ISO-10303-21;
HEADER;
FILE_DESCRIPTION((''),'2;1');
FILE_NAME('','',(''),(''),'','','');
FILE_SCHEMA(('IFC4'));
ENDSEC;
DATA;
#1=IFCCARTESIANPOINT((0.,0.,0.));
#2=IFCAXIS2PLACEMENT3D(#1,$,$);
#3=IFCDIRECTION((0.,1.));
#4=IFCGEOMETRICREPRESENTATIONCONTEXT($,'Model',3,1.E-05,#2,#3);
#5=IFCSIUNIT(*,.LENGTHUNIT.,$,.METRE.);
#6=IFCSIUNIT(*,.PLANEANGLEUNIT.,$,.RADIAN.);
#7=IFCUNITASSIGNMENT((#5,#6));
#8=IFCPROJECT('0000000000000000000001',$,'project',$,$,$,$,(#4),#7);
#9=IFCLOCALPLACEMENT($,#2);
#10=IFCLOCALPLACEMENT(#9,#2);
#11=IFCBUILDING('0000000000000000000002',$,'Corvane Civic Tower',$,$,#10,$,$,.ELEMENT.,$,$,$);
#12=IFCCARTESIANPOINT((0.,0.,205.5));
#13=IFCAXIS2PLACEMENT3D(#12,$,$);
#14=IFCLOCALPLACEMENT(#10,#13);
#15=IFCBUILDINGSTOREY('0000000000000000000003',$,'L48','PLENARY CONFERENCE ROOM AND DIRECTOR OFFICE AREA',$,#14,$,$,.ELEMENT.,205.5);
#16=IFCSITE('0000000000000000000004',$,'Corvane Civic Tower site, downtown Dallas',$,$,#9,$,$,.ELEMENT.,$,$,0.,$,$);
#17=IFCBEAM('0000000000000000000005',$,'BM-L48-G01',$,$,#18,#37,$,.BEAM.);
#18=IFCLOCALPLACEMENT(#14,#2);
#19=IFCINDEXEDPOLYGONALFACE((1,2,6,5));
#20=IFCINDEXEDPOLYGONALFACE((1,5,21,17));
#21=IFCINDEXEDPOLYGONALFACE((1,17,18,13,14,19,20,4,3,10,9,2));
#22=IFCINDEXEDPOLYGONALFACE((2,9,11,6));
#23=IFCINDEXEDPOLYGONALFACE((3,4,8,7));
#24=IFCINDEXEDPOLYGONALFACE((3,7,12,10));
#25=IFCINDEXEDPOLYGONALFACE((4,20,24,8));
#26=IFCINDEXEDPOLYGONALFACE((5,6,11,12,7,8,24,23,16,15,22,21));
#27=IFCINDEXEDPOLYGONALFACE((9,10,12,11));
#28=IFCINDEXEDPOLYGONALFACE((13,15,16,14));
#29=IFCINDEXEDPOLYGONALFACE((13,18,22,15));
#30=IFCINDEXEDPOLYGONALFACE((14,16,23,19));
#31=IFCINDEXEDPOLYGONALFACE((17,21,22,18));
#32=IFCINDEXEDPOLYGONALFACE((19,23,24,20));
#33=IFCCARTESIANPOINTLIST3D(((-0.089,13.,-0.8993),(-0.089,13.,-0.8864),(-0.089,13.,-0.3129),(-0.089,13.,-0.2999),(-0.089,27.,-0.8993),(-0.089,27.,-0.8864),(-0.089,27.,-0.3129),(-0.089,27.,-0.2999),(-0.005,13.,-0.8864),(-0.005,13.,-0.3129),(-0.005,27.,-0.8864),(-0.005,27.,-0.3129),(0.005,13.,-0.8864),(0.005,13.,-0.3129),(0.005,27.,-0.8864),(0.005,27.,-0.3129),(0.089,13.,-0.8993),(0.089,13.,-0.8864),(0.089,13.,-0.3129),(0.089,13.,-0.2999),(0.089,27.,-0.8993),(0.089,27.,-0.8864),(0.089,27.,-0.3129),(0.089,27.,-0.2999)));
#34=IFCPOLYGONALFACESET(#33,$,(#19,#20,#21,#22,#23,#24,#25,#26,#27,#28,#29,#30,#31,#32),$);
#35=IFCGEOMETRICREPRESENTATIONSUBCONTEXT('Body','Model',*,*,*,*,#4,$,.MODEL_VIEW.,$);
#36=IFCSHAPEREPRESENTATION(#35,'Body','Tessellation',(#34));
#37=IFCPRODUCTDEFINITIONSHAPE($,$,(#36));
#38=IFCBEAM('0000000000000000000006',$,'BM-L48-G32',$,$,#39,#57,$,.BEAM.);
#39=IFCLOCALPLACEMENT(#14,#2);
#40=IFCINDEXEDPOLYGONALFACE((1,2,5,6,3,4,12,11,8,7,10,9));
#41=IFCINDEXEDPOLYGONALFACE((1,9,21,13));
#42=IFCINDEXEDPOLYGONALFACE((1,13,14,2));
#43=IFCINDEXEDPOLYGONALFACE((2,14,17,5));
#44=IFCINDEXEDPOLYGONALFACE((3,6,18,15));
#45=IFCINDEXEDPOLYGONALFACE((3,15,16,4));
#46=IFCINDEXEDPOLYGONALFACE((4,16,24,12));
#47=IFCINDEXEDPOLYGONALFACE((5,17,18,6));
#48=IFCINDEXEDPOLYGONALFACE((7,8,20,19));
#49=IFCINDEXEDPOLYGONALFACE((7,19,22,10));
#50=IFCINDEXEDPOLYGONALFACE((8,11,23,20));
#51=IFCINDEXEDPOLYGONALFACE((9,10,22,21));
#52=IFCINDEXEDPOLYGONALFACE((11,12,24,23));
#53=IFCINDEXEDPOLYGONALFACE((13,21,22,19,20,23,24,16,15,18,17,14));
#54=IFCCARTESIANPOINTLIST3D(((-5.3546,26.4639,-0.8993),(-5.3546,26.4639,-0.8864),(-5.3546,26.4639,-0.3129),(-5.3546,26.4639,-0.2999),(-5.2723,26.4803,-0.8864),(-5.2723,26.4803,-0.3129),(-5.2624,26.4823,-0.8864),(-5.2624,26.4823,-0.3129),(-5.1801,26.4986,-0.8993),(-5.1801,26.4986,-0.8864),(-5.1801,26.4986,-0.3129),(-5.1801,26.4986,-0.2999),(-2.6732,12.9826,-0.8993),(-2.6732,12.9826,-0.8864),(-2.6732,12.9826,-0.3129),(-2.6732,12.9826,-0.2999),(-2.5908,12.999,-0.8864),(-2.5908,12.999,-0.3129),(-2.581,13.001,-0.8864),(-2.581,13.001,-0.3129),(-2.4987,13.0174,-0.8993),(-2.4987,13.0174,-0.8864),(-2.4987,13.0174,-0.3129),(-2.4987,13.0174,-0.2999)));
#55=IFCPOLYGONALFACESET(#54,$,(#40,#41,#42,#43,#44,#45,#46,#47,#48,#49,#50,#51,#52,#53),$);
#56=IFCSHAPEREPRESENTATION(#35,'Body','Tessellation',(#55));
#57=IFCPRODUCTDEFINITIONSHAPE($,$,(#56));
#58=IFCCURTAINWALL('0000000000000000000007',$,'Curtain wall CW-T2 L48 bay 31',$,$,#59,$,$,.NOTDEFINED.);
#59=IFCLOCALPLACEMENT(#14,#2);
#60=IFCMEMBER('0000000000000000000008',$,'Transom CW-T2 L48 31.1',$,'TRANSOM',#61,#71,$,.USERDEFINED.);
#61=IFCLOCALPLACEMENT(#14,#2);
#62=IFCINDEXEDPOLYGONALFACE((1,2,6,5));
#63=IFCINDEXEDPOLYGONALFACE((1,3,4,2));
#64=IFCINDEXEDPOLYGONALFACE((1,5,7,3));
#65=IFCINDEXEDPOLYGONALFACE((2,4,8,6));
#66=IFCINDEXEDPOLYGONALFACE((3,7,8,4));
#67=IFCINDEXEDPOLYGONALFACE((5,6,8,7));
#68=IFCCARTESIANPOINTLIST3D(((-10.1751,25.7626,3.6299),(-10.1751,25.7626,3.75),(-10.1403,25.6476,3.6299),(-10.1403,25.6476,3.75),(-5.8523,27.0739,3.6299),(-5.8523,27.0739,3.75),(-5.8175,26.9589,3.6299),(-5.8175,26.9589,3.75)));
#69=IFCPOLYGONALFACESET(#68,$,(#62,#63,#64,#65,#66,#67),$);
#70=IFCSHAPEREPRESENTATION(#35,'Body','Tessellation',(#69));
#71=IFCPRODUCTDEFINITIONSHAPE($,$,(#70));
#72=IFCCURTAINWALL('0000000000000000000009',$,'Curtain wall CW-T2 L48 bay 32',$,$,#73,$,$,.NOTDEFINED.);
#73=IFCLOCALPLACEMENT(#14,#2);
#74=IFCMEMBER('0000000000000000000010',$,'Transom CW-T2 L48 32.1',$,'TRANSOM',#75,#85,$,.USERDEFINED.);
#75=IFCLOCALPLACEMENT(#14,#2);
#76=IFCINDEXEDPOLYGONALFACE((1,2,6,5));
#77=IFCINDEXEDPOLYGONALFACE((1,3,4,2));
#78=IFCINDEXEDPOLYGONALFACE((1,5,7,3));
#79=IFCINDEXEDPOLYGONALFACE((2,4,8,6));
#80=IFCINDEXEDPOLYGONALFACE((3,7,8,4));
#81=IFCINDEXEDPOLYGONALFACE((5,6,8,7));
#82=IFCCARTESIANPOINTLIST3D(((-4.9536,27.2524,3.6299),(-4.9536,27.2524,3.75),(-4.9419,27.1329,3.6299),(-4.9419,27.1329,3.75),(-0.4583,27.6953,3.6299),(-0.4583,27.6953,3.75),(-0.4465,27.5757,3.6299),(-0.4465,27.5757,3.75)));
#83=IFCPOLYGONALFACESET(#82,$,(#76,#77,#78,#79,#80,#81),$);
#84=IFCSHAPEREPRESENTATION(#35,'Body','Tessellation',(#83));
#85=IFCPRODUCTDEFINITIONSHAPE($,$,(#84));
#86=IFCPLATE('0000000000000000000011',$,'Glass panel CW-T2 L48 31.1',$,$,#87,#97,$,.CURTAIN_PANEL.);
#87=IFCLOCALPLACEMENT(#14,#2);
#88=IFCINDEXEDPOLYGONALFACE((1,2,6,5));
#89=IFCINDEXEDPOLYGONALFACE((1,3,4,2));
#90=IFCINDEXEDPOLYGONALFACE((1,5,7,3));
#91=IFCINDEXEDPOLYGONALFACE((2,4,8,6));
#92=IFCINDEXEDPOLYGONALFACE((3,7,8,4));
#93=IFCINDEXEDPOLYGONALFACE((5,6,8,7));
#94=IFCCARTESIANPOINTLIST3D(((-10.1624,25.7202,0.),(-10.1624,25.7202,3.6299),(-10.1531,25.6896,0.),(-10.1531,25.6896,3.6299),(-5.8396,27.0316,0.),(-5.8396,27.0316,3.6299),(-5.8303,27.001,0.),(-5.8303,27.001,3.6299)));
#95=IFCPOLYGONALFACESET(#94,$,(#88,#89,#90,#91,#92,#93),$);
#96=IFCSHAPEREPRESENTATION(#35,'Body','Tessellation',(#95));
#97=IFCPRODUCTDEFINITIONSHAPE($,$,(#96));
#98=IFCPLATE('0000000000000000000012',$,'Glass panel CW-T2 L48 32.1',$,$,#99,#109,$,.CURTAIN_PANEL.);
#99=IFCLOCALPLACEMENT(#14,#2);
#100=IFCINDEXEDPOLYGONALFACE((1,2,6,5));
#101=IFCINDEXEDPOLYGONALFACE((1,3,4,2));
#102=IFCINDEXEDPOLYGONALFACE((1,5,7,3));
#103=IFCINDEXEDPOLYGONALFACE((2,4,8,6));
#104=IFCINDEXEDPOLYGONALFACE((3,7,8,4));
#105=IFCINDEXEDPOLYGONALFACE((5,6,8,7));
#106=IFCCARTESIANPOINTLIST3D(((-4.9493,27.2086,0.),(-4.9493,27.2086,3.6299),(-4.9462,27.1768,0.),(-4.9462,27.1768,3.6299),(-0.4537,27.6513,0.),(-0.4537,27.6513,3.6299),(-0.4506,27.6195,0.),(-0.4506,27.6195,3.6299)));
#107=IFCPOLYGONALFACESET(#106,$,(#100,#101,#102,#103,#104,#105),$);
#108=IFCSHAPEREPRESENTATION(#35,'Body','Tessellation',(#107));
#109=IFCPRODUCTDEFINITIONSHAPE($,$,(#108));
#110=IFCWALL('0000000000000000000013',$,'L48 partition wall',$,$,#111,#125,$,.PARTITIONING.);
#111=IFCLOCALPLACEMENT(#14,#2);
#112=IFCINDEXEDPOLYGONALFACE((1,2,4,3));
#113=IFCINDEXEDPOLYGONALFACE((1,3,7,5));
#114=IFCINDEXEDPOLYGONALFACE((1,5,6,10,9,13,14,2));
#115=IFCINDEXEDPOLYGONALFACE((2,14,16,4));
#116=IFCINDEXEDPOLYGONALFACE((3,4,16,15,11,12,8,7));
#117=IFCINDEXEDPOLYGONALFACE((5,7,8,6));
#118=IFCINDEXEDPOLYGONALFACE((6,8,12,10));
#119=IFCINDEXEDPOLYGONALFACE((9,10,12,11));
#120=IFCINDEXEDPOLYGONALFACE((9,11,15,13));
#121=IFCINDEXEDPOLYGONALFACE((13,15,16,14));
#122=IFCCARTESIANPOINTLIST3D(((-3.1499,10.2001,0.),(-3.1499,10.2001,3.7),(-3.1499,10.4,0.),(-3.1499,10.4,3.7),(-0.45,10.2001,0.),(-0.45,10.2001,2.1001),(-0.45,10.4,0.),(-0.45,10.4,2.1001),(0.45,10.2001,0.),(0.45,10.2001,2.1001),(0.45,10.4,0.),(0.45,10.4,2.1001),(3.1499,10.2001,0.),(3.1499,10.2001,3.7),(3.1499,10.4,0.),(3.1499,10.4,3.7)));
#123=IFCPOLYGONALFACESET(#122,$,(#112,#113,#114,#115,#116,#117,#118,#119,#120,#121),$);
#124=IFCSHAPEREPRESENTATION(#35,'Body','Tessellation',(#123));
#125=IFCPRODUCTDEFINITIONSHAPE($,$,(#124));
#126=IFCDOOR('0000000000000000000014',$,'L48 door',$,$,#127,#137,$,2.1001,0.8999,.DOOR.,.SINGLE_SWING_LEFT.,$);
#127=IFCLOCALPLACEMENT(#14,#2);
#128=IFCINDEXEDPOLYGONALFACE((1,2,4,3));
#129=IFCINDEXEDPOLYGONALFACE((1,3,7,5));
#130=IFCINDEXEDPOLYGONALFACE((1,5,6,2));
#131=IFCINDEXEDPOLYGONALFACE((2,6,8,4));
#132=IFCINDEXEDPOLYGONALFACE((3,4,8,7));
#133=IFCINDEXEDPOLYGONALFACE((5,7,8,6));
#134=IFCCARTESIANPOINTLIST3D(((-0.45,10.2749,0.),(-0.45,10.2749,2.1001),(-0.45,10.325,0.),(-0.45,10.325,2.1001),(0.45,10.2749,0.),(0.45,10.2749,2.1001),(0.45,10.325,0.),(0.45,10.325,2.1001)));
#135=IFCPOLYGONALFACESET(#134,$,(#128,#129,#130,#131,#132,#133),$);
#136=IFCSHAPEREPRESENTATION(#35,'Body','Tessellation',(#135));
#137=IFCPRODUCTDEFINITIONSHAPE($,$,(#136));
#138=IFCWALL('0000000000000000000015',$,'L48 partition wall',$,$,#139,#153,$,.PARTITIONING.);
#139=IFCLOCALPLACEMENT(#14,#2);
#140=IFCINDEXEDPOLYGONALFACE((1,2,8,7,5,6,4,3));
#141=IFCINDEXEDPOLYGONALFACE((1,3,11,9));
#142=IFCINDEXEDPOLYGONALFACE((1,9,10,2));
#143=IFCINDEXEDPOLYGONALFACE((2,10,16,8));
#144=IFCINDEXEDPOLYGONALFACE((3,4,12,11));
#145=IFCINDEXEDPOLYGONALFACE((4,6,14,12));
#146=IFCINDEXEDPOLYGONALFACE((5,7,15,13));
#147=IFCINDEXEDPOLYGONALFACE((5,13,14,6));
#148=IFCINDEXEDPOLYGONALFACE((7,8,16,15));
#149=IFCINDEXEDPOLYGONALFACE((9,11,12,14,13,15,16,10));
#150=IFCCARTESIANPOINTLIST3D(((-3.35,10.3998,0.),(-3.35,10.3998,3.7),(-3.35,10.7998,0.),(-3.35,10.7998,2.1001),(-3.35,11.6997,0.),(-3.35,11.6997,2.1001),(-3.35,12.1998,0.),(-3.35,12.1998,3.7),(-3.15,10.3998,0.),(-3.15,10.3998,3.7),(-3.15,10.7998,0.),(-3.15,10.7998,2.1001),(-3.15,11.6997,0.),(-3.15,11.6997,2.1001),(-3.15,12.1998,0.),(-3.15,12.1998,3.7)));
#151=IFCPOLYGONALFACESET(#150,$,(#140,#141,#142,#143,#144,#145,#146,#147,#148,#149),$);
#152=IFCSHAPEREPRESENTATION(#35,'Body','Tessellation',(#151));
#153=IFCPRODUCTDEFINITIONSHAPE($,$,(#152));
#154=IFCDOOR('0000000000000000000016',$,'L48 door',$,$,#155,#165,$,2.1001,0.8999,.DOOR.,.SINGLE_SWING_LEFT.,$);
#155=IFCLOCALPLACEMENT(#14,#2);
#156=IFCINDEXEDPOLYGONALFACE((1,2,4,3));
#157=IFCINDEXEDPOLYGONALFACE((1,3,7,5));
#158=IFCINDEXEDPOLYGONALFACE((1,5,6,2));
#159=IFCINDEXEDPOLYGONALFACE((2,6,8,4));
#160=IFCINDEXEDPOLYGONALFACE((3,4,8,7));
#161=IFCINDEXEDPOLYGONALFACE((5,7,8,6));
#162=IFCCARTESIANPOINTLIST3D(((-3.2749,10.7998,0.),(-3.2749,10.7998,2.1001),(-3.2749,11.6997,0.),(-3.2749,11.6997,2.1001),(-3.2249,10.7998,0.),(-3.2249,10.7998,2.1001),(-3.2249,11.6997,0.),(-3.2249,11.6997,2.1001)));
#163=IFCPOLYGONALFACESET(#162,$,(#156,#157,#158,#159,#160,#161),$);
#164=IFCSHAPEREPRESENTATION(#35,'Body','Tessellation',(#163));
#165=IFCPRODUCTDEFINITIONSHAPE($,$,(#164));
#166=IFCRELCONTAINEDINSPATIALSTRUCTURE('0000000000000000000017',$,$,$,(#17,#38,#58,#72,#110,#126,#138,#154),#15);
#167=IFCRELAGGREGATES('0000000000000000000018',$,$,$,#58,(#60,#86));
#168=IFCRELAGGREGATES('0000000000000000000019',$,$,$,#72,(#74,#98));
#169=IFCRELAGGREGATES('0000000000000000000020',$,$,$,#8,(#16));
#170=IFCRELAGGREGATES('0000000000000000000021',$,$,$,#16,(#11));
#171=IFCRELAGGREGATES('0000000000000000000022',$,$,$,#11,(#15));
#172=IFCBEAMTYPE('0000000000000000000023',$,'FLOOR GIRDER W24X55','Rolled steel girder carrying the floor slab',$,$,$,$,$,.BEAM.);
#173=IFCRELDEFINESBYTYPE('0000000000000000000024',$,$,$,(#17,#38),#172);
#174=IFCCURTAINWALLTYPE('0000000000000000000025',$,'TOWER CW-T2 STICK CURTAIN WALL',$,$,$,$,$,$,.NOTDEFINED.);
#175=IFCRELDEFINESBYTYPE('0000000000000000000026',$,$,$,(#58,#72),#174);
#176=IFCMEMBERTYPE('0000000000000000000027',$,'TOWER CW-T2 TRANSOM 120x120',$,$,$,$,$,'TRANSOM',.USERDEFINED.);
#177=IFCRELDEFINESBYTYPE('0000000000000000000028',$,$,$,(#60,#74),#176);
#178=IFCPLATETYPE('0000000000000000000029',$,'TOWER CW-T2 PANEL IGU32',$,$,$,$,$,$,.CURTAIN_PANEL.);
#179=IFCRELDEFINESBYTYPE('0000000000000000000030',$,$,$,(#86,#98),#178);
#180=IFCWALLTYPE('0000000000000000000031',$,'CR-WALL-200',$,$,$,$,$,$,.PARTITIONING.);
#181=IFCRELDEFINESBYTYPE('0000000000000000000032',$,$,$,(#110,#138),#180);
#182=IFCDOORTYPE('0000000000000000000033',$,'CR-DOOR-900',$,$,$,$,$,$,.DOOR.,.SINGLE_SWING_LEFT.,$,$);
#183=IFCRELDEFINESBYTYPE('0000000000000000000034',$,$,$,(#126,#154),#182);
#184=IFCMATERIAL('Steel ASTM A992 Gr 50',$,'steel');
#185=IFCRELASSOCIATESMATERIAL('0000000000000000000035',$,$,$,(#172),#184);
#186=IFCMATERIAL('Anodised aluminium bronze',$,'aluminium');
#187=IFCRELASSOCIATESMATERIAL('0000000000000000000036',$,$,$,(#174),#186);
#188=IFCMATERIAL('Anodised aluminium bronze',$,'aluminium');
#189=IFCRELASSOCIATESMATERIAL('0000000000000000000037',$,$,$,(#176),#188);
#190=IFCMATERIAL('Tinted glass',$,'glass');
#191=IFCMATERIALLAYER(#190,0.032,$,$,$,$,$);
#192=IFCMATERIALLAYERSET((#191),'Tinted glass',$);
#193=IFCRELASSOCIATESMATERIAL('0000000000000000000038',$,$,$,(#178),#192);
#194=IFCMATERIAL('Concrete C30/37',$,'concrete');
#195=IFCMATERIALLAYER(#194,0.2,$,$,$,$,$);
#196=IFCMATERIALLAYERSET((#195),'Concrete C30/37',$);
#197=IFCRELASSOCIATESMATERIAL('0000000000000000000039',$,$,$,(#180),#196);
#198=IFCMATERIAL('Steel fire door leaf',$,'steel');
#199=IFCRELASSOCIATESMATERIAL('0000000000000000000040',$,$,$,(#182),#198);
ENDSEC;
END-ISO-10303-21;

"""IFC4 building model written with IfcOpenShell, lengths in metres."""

from ifc_helpers import new_model, si_unit, direction, frame, frame_2d, origin, origin_2d, place, context, subcontext, project, spatial, rectangle, i_section, extrude, material, layer, layer_set, material_profile, profile_set, type_object, element, fill, aggregate, save


model = new_model("IFC4")

# Units and contexts
model_context = context("Model", 3, precision=1e-05, world=origin(), true_north=direction((0.0, 1.0)))
body_context = subcontext(model_context, "Body", "Model", "MODEL_VIEW")
ifc_project = project(units=[si_unit("LENGTHUNIT", "METRE"), si_unit("PLANEANGLEUNIT", "RADIAN")], contexts=[model_context])

# Site, building, storey
site_placement = place(None, origin())
site = spatial("IfcSite", under=ifc_project, at=site_placement, Name="Corvane Civic Tower site, downtown Dallas", CompositionType="ELEMENT", RefElevation=0.0)
building_placement = place(site_placement, origin())
building = spatial("IfcBuilding", under=site, at=building_placement, Name="Corvane Civic Tower", CompositionType="ELEMENT")
storey_placement = place(building_placement, frame((0.0, 0.0, 205.5)))
storey = spatial("IfcBuildingStorey", under=building, at=storey_placement, Name="L48", Description="PLENARY CONFERENCE ROOM AND DIRECTOR OFFICE AREA", CompositionType="ELEMENT", Elevation=205.5)

# Beams
ifc_material_1 = material(Name="Steel ASTM A992 Gr 50", Category="steel")
ifc_material_profile_1 = material_profile(ifc_material_1, i_section(OverallWidth=0.178, OverallDepth=0.5994, WebThickness=0.01, FlangeThickness=0.0129, at=origin_2d()), Name="W24X55")
ifc_profile_set_1 = profile_set([ifc_material_profile_1], Name="Steel ASTM A992 Gr 50")
beam_type_1 = type_object("IfcBeamType", Name="FLOOR GIRDER W24X55", Description="Rolled steel girder carrying the floor slab", PredefinedType="BEAM", material=ifc_profile_set_1)
beam_1_placement = place(storey_placement, frame((0.0, 13.0, -0.5996), z_axis=(0.0, 1.0, 0.0), x_axis=(-1.0, 0.0, 0.0)))
element("IfcBeam", 1, at=beam_1_placement, inside=storey, type_object=beam_type_1, Name="BM-L48-G01", PredefinedType="BEAM", context=body_context, shape_type="SweptSolid", body=[
    extrude(i_section(OverallWidth=0.178, OverallDepth=0.5994, WebThickness=0.01, FlangeThickness=0.0129, at=origin_2d()), origin(), (0.0, 0.0, 1.0), 14.0),
])
beam_2_placement = place(storey_placement, frame((-2.5859, 13.0, -0.5996), z_axis=(-0.195078, 0.980788, 0.0), x_axis=(-0.980788, -0.195078, 0.0)))
element("IfcBeam", 2, at=beam_2_placement, inside=storey, type_object=beam_type_1, Name="BM-L48-G32", PredefinedType="BEAM", context=body_context, shape_type="SweptSolid", body=[
    extrude(i_section(OverallWidth=0.178, OverallDepth=0.5994, WebThickness=0.01, FlangeThickness=0.0129, at=origin_2d()), origin(), (0.0, 0.0, 1.0), 13.7454),
])

# Curtain walls, members
ifc_material_2 = material(Name="Anodised aluminium bronze", Category="aluminium")
curtain_wall_type = type_object("IfcCurtainWallType", Name="TOWER CW-T2 STICK CURTAIN WALL", PredefinedType="NOTDEFINED", material=ifc_material_2)
curtain_wall_1_placement = place(storey_placement, origin())
curtain_wall_1 = element("IfcCurtainWall", 3, at=curtain_wall_1_placement, inside=storey, type_object=curtain_wall_type, Name="Curtain wall CW-T2 L48 bay 31", PredefinedType="NOTDEFINED")
ifc_material_3 = material(Name="Anodised aluminium bronze", Category="aluminium")
ifc_material_profile_2 = material_profile(ifc_material_3, rectangle(XDim=0.1201, YDim=0.1201, at=origin_2d()), Name="TOWER CW-T2 TRANSOM 120x120")
ifc_profile_set_2 = profile_set([ifc_material_profile_2], Name="Anodised aluminium bronze")
member_type = type_object("IfcMemberType", Name="TOWER CW-T2 TRANSOM 120x120", ElementType="TRANSOM", PredefinedType="USERDEFINED", material=ifc_profile_set_2)
member_1_placement = place(storey_placement, frame((-10.1577, 25.7051, 3.6899), z_axis=(0.956941, 0.290282, 0.0), x_axis=(-0.290282, 0.956941, 0.0)))
member_1 = element("IfcMember", 4, at=member_1_placement, type_object=member_type, Name="Transom CW-T2 L48 31.1", ObjectType="TRANSOM", PredefinedType="USERDEFINED", context=body_context, shape_type="SweptSolid", body=[
    extrude(rectangle(XDim=0.1201, YDim=0.1201, at=origin_2d()), origin(), (0.0, 0.0, 1.0), 4.5173),
])
curtain_wall_2_placement = place(storey_placement, origin())
curtain_wall_2 = element("IfcCurtainWall", 5, at=curtain_wall_2_placement, inside=storey, type_object=curtain_wall_type, Name="Curtain wall CW-T2 L48 bay 32", PredefinedType="NOTDEFINED")
member_2_placement = place(storey_placement, frame((-4.9478, 27.1926, 3.6899), z_axis=(0.995182, 0.098043, 0.0), x_axis=(-0.098043, 0.995182, 0.0)))
member_2 = element("IfcMember", 6, at=member_2_placement, type_object=member_type, Name="Transom CW-T2 L48 32.1", ObjectType="TRANSOM", PredefinedType="USERDEFINED", context=body_context, shape_type="SweptSolid", body=[
    extrude(rectangle(XDim=0.1201, YDim=0.1201, at=origin_2d()), origin(), (0.0, 0.0, 1.0), 4.5171),
])

# Plates
ifc_material_4 = material(Name="Tinted glass", Category="glass")
ifc_layer_1 = layer(ifc_material_4, 0.032)
ifc_layer_set_1 = layer_set([ifc_layer_1], Name="Tinted glass")
plate_type = type_object("IfcPlateType", Name="TOWER CW-T2 PANEL IGU32", PredefinedType="CURTAIN_PANEL", material=ifc_layer_set_1)
plate_1_placement = place(storey_placement, frame((-7.9963, 26.3606, 0.0), z_axis=(0.0, 0.0, 1.0), x_axis=(0.956939, 0.29029, 0.0)))
plate_1 = element("IfcPlate", 7, at=plate_1_placement, type_object=plate_type, Name="Glass panel CW-T2 L48 31.1", PredefinedType="CURTAIN_PANEL", context=body_context, shape_type="SweptSolid", body=[
    extrude(rectangle(XDim=4.5173, YDim=0.032, at=origin_2d()), origin(), (0.0, 0.0, 1.0), 3.6299),
])
aggregate(curtain_wall_1, [member_1, plate_1])
plate_2_placement = place(storey_placement, frame((-2.7, 27.4141, 0.0), z_axis=(0.0, 0.0, 1.0), x_axis=(0.995187, 0.097993, 0.0)))
plate_2 = element("IfcPlate", 8, at=plate_2_placement, type_object=plate_type, Name="Glass panel CW-T2 L48 32.1", PredefinedType="CURTAIN_PANEL", context=body_context, shape_type="SweptSolid", body=[
    extrude(rectangle(XDim=4.5173, YDim=0.032, at=origin_2d()), origin(), (0.0, 0.0, 1.0), 3.6299),
])
aggregate(curtain_wall_2, [member_2, plate_2])

# Walls, openings, doors
ifc_material_5 = material(Name="Concrete C30/37", Category="concrete")
ifc_layer_2 = layer(ifc_material_5, 0.2)
ifc_layer_set_2 = layer_set([ifc_layer_2], Name="Concrete C30/37")
wall_type = type_object("IfcWallType", Name="CR-WALL-200", PredefinedType="PARTITIONING", material=ifc_layer_set_2)
wall_1_placement = place(storey_placement, frame((-3.1499, 10.3, 0.0), z_axis=(0.0, 0.0, 1.0), x_axis=(1.0, 0.0, 0.0)))
wall_1 = element("IfcWall", 9, at=wall_1_placement, inside=storey, type_object=wall_type, Name="L48 partition wall", PredefinedType="PARTITIONING", context=body_context, shape_type="SweptSolid", body=[
    extrude(rectangle(XDim=6.2998, YDim=0.2, at=frame_2d((3.1499, 0.0))), origin(), (0.0, 0.0, 1.0), 3.7),
])
opening_1_placement = place(wall_1_placement, frame((2.7, 0.0, 0.0)))
opening_1 = element("IfcOpeningElement", 10, at=opening_1_placement, cuts=wall_1, PredefinedType="OPENING", context=body_context, shape_type="SweptSolid", body=[
    extrude(rectangle(XDim=0.8999, YDim=2.1001, at=frame_2d((0.45, 1.05))), frame((0.0, 0.1099, 0.0), z_axis=(0.0, -1.0, 0.0), x_axis=(1.0, 0.0, 0.0)), (0.0, 0.0, 1.0), 0.22),
])
ifc_material_6 = material(Name="Steel fire door leaf", Category="steel")
door_type = type_object("IfcDoorType", Name="CR-DOOR-900", OperationType="SINGLE_SWING_LEFT", PredefinedType="DOOR", material=ifc_material_6)
door_1_placement = place(opening_1_placement, origin())
door_1 = element("IfcDoor", 11, at=door_1_placement, inside=storey, type_object=door_type, Name="L48 door", OperationType="SINGLE_SWING_LEFT", OverallHeight=2.1001, OverallWidth=0.8999, PredefinedType="DOOR", context=body_context, shape_type="SweptSolid", body=[
    extrude(rectangle(XDim=0.8999, YDim=2.1001, at=frame_2d((0.45, 1.05))), frame((0.0, 0.0249, 0.0), z_axis=(0.0, -1.0, 0.0), x_axis=(1.0, 0.0, 0.0)), (0.0, 0.0, 1.0), 0.05),
])
fill(opening_1, door_1)
wall_2_placement = place(storey_placement, frame((-3.25, 10.3999, 0.0), z_axis=(0.0, 0.0, 1.0), x_axis=(0.0, 1.0, 0.0)))
wall_2 = element("IfcWall", 12, at=wall_2_placement, inside=storey, type_object=wall_type, Name="L48 partition wall", PredefinedType="PARTITIONING", context=body_context, shape_type="SweptSolid", body=[
    extrude(rectangle(XDim=1.8, YDim=0.2, at=frame_2d((0.8999, 0.0))), origin(), (0.0, 0.0, 1.0), 3.7),
])
opening_2_placement = place(wall_2_placement, frame((0.3999, 0.0, 0.0)))
opening_2 = element("IfcOpeningElement", 13, at=opening_2_placement, cuts=wall_2, PredefinedType="OPENING", context=body_context, shape_type="SweptSolid", body=[
    extrude(rectangle(XDim=0.8999, YDim=2.1001, at=frame_2d((0.45, 1.05))), frame((0.0, 0.1099, 0.0), z_axis=(0.0, -1.0, 0.0), x_axis=(1.0, 0.0, 0.0)), (0.0, 0.0, 1.0), 0.22),
])
door_2_placement = place(opening_2_placement, origin())
door_2 = element("IfcDoor", 14, at=door_2_placement, inside=storey, type_object=door_type, Name="L48 door", OperationType="SINGLE_SWING_LEFT", OverallHeight=2.1001, OverallWidth=0.8999, PredefinedType="DOOR", context=body_context, shape_type="SweptSolid", body=[
    extrude(rectangle(XDim=0.8999, YDim=2.1001, at=frame_2d((0.45, 1.05))), frame((0.0, 0.0249, 0.0), z_axis=(0.0, -1.0, 0.0), x_axis=(1.0, 0.0, 0.0)), (0.0, 0.0, 1.0), 0.05),
])
fill(opening_2, door_2)

save(model, "model.ifc")
